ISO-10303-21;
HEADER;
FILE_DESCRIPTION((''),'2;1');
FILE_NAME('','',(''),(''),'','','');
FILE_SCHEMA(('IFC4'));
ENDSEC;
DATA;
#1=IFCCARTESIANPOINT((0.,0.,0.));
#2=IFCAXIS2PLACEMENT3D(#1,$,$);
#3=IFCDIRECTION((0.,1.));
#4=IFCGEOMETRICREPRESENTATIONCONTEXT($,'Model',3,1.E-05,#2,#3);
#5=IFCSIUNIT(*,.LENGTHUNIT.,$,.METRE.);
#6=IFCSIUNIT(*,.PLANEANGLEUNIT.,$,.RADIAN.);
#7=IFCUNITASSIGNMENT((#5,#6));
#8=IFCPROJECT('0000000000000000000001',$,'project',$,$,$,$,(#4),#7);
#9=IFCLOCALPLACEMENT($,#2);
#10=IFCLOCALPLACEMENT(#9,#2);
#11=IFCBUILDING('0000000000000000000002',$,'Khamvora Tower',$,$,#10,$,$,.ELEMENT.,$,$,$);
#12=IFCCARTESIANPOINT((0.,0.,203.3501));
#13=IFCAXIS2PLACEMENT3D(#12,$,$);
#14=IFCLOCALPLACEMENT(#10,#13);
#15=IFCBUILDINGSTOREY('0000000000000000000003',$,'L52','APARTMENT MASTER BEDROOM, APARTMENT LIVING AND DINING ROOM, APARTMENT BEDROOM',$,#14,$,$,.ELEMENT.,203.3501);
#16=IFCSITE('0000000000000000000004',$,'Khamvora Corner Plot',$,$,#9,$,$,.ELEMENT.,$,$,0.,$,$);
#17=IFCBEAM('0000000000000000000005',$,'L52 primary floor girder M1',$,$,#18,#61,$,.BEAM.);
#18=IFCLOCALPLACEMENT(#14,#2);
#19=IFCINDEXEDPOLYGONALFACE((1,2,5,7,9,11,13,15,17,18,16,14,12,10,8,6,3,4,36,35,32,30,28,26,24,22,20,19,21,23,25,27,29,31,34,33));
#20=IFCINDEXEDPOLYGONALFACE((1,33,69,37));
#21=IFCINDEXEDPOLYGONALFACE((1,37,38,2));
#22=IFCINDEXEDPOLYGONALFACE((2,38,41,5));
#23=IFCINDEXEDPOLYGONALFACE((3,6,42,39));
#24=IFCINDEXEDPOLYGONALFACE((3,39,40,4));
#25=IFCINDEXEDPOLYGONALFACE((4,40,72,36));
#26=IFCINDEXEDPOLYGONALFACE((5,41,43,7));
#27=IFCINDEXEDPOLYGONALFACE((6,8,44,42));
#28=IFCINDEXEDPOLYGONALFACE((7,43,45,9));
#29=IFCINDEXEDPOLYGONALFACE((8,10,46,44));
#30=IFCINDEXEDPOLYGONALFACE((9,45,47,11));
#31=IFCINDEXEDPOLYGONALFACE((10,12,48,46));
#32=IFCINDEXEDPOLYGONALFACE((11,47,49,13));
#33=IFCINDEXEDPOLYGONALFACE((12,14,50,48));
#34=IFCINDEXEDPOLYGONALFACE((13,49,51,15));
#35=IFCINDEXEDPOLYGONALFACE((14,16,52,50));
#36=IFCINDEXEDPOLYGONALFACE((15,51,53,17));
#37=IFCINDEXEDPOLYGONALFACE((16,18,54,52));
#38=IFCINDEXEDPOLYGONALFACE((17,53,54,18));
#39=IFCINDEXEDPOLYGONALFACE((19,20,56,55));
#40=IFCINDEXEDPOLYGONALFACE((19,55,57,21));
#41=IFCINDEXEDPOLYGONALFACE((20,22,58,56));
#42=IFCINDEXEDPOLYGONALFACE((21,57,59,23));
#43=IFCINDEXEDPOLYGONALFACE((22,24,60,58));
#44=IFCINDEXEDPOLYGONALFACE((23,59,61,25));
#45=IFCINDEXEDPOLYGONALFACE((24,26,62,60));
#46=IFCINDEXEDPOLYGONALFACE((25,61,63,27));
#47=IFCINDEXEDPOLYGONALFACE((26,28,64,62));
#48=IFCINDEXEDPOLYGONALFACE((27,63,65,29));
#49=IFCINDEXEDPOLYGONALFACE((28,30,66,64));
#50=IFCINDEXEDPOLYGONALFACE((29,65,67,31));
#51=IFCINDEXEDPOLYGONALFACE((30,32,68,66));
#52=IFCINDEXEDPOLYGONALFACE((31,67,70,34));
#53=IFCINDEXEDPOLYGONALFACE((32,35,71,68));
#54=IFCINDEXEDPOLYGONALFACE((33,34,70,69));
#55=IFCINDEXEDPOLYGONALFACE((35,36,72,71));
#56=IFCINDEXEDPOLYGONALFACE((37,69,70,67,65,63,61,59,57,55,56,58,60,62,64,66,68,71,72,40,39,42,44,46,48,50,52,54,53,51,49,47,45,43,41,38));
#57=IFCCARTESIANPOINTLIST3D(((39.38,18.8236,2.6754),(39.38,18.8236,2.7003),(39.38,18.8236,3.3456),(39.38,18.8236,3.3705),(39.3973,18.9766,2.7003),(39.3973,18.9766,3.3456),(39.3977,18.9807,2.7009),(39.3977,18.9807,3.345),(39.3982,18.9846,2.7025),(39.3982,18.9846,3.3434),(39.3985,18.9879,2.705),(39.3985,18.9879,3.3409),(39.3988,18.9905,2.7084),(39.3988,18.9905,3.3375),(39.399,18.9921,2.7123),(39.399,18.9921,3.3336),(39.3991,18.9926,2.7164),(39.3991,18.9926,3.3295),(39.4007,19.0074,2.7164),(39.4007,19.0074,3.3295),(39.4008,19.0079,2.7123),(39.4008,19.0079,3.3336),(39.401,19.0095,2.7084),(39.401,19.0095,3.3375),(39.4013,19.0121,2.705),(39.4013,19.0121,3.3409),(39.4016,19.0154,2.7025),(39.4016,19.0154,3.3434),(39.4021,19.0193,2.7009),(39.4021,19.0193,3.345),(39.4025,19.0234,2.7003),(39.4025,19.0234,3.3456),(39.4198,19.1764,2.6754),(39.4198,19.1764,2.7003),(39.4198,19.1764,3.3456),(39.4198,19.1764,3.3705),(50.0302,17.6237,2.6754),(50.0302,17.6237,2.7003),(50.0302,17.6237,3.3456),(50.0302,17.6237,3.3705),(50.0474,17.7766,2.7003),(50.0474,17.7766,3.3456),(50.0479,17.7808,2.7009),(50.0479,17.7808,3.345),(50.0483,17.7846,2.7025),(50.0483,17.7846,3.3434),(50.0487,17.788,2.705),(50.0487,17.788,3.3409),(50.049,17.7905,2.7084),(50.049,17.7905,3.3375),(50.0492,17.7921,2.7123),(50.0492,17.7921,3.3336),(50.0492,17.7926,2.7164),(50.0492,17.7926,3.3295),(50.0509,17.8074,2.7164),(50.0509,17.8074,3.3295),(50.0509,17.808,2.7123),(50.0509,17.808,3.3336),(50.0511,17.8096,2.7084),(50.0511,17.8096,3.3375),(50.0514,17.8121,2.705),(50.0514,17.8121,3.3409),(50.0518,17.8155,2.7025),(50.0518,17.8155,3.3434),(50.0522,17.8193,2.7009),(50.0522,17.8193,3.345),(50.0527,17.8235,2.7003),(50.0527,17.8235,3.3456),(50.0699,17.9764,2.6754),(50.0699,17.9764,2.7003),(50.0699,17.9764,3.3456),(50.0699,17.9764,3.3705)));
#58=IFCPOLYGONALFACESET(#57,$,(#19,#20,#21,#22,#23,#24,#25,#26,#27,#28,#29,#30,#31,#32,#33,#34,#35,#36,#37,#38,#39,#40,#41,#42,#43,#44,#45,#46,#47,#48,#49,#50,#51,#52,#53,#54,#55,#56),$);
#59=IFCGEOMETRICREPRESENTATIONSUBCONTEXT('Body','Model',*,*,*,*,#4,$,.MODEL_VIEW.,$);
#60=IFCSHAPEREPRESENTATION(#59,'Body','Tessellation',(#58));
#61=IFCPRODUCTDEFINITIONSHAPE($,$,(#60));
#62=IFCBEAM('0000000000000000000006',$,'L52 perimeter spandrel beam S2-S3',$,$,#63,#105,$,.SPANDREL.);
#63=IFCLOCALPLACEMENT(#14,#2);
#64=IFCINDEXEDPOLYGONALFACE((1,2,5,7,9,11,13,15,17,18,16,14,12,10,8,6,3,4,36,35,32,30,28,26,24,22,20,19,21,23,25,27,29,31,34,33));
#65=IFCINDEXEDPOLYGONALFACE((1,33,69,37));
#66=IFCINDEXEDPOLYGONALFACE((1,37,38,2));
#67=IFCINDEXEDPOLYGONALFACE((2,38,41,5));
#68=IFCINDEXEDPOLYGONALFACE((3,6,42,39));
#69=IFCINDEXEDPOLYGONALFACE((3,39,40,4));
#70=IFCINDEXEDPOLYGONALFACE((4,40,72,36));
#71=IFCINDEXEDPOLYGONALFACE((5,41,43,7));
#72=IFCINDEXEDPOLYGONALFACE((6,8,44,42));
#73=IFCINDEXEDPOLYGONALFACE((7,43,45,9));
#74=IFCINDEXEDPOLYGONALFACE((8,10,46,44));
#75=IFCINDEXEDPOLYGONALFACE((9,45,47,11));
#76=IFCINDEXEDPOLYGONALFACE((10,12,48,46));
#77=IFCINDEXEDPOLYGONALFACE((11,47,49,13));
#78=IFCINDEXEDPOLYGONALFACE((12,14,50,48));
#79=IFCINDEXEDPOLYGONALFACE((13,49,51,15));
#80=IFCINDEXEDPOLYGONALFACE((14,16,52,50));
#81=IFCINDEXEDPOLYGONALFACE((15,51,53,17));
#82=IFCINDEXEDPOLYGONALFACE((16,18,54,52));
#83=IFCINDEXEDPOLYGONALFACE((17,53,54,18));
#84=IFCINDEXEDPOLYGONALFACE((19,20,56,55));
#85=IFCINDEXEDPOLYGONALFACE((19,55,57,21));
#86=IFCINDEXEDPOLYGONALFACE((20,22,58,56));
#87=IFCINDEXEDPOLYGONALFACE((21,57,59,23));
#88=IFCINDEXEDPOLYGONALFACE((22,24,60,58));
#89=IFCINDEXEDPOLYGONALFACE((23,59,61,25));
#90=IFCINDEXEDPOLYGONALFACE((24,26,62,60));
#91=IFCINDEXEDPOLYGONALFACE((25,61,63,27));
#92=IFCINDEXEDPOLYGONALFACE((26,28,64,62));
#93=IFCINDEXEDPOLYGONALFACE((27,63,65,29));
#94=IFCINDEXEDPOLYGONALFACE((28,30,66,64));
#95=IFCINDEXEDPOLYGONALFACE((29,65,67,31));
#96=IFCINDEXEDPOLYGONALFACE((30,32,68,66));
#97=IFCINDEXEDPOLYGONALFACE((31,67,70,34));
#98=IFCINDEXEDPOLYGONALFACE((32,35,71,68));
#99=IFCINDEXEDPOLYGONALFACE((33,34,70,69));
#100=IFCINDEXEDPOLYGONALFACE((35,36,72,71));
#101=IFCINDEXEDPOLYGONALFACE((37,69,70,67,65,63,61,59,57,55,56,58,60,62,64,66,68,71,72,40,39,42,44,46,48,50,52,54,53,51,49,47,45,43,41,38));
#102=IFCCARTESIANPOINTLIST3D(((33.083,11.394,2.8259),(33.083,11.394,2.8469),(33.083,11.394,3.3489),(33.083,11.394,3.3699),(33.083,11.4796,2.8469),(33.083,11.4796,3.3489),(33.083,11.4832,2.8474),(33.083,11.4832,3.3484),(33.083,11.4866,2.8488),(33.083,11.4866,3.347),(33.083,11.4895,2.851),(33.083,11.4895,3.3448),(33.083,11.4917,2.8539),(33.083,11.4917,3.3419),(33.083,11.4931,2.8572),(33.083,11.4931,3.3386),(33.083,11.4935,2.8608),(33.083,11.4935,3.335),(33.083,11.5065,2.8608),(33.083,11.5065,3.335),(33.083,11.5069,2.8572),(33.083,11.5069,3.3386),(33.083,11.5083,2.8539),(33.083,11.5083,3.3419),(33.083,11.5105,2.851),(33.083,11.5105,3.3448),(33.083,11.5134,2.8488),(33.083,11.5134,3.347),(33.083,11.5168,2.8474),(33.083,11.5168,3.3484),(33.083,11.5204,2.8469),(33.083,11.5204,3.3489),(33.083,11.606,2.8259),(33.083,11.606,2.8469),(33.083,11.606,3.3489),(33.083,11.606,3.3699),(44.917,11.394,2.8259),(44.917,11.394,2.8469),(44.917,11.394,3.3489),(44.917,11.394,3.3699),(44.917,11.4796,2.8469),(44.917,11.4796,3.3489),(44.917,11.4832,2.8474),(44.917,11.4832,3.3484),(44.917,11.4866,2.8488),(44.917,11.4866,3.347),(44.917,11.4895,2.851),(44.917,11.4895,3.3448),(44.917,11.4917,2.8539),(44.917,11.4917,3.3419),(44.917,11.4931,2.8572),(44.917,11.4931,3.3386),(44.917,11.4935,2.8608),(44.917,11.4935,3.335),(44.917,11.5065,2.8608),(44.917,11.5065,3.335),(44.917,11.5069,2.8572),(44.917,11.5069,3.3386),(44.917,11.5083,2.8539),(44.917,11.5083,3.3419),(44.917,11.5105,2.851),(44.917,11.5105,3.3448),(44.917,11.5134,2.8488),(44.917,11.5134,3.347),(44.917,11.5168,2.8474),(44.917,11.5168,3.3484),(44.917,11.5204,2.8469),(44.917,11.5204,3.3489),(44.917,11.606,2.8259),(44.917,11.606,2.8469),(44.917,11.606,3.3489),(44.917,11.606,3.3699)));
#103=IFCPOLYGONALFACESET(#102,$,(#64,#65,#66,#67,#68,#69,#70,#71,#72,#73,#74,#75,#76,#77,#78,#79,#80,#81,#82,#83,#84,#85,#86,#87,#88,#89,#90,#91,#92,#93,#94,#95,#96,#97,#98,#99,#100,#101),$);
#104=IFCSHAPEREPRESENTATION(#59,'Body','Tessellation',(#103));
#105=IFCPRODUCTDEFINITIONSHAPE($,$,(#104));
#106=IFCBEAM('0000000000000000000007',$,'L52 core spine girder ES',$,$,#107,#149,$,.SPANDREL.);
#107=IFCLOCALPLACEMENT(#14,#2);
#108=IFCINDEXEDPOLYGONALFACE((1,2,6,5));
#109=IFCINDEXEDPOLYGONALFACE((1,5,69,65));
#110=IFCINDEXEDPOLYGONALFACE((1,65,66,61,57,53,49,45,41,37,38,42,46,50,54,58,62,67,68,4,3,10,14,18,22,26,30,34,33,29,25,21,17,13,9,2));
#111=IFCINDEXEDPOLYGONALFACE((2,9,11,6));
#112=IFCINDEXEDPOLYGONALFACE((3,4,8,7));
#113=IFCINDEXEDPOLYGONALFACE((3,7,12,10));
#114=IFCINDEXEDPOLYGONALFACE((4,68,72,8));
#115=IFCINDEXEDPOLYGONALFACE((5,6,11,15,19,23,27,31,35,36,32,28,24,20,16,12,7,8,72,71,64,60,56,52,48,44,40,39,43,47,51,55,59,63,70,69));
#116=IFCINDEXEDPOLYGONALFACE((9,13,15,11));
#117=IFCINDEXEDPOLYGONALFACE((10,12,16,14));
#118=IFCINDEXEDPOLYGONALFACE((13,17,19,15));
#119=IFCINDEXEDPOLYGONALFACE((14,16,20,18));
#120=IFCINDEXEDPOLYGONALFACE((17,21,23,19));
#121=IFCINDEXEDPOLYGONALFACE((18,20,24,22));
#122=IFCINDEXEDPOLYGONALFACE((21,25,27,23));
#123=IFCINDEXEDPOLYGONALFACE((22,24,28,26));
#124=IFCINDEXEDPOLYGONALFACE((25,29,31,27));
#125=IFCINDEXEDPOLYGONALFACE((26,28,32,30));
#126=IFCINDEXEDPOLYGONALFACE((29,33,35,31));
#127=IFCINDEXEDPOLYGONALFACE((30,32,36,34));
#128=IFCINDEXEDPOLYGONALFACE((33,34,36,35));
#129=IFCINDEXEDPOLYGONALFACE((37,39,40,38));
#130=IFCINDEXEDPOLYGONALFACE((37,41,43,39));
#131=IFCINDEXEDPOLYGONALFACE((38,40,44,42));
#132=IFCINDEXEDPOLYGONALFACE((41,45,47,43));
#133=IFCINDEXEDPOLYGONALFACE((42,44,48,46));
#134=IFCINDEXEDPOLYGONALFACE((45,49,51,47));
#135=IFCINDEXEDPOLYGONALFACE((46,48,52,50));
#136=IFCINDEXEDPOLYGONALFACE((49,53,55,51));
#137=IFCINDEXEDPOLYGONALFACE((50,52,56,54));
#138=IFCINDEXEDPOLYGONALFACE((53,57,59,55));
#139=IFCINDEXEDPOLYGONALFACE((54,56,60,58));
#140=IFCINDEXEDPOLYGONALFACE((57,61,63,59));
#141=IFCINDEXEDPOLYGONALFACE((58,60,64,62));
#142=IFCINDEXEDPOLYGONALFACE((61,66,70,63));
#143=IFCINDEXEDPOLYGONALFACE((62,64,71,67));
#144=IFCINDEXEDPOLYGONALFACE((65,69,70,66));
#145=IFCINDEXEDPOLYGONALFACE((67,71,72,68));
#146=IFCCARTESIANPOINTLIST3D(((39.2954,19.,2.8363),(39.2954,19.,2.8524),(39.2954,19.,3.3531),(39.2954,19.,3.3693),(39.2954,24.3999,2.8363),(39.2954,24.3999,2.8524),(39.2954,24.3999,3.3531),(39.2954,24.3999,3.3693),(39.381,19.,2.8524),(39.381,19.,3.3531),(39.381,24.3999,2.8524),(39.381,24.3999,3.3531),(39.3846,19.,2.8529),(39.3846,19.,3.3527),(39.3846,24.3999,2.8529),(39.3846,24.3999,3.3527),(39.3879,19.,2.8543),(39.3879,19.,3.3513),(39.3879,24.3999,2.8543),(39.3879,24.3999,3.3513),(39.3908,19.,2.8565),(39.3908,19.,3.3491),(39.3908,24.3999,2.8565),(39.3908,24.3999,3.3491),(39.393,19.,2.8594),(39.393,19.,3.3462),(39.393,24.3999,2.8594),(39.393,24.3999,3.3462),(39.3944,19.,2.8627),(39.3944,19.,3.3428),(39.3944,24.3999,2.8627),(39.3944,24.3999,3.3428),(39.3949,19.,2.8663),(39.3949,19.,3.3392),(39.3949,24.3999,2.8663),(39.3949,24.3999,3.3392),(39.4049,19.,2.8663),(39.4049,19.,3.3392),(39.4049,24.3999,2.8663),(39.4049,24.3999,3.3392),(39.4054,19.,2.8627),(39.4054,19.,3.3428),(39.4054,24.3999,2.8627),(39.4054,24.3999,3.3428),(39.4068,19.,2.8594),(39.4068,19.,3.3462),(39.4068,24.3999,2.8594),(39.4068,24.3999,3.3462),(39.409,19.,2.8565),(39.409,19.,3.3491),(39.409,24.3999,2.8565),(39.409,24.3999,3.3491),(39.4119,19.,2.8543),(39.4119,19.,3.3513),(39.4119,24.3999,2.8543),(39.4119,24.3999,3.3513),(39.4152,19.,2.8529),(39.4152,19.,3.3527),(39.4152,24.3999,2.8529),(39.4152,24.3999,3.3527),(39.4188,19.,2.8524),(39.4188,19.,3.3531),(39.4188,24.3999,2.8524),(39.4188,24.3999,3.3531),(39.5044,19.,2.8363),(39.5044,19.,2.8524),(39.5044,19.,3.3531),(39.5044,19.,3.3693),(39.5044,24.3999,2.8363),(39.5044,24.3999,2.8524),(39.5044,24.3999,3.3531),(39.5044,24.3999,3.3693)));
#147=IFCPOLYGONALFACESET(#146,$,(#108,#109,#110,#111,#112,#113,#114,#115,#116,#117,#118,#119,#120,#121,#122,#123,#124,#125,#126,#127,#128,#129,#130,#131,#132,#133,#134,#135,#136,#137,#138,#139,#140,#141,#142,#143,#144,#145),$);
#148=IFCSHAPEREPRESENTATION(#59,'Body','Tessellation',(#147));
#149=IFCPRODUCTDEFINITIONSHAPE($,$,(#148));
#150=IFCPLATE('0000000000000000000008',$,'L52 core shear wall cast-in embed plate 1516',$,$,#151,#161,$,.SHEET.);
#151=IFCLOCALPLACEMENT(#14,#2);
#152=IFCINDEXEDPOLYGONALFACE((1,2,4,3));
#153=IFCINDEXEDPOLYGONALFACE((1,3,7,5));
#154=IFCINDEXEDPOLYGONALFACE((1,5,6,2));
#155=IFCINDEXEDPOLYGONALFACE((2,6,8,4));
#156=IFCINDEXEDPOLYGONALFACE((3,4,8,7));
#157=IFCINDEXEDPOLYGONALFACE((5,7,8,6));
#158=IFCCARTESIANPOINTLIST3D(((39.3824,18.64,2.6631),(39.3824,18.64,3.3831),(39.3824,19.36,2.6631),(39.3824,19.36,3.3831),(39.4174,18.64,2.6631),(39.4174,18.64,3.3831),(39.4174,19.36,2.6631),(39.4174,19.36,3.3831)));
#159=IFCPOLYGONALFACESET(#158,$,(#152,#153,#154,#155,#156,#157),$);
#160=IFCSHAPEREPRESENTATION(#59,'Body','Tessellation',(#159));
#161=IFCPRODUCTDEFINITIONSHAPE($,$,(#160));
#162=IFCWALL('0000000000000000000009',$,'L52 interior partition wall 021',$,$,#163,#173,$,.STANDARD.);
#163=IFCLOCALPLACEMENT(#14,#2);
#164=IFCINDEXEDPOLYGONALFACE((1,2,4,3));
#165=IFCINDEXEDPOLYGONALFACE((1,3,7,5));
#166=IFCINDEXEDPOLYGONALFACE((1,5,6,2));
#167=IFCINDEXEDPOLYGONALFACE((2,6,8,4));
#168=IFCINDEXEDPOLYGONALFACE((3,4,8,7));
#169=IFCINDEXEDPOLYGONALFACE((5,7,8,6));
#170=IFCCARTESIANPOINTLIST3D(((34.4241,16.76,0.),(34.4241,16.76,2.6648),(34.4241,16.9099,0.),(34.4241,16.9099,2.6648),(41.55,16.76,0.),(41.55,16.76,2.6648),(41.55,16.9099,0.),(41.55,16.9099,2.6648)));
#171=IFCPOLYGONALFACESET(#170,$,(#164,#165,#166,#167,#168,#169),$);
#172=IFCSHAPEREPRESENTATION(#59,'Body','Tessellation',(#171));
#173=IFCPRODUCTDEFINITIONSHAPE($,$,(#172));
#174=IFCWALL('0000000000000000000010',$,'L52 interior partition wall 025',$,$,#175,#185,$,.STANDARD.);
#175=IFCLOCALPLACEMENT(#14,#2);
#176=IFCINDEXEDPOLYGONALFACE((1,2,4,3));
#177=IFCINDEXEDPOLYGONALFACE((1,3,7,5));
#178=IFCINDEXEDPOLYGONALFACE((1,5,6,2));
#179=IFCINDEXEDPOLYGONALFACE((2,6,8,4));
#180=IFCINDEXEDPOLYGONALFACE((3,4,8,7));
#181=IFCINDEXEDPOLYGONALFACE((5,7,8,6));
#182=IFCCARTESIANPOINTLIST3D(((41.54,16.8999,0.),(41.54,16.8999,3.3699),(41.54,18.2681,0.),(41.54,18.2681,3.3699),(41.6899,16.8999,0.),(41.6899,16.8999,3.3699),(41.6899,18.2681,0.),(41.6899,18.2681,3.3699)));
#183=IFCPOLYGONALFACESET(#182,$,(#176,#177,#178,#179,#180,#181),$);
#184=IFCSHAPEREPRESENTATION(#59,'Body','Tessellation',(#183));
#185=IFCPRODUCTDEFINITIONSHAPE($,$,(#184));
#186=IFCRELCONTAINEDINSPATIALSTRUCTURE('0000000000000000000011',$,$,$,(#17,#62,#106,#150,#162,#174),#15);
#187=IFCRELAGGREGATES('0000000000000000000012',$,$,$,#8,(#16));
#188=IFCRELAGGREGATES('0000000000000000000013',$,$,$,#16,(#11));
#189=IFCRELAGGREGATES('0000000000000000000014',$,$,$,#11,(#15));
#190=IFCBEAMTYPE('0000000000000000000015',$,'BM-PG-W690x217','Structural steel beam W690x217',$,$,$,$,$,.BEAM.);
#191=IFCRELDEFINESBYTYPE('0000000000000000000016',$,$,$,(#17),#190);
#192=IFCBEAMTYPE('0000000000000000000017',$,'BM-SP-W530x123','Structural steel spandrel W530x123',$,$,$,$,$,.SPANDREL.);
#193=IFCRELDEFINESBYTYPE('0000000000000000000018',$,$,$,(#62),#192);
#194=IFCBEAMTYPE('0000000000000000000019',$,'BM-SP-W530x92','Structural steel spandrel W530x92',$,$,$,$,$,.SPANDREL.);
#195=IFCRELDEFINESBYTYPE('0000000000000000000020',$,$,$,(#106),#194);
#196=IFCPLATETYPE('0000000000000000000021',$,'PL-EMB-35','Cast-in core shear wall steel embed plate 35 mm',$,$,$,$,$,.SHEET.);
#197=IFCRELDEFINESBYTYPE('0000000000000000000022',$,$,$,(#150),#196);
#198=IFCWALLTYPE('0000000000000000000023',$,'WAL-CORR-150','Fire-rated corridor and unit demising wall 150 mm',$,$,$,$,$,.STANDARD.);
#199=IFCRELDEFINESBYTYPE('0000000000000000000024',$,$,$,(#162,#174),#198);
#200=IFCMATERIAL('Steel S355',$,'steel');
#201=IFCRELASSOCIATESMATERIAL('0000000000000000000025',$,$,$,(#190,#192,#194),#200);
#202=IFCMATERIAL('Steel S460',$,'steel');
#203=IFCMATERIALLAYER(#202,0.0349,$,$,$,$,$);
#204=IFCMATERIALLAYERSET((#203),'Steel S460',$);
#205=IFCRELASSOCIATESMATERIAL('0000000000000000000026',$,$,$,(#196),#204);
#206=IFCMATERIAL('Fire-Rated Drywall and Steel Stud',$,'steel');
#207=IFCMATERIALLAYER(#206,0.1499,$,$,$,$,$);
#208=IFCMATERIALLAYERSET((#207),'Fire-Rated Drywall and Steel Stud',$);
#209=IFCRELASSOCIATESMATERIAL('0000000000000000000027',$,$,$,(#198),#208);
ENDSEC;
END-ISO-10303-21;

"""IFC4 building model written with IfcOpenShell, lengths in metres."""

from ifc_helpers import new_model, si_unit, direction, frame, frame_2d, origin, origin_2d, place, context, subcontext, project, spatial, rectangle, i_section, extrude, material, layer, layer_set, material_profile, profile_set, type_object, element, save


model = new_model("IFC4")

# Units and contexts
model_context = context("Model", 3, precision=1e-05, world=origin(), true_north=direction((0.0, 1.0)))
body_context = subcontext(model_context, "Body", "Model", "MODEL_VIEW")
ifc_project = project(units=[si_unit("LENGTHUNIT", "METRE"), si_unit("PLANEANGLEUNIT", "RADIAN")], contexts=[model_context])

# Site, building, storey
site_placement = place(None, origin())
site = spatial("IfcSite", under=ifc_project, at=site_placement, Name="Khamvora Corner Plot", CompositionType="ELEMENT", RefElevation=0.0)
building_placement = place(site_placement, origin())
building = spatial("IfcBuilding", under=site, at=building_placement, Name="Khamvora Tower", CompositionType="ELEMENT")
storey_placement = place(building_placement, frame((0.0, 0.0, 203.3501)))
storey = spatial("IfcBuildingStorey", under=building, at=storey_placement, Name="L52", Description="APARTMENT MASTER BEDROOM, APARTMENT LIVING AND DINING ROOM, APARTMENT BEDROOM", CompositionType="ELEMENT", Elevation=203.3501)

# Shared definitions
ifc_material_1 = material(Name="Steel S460", Category="steel")
ifc_material_2 = material(Name="Steel S355", Category="steel")

# Beams
ifc_material_profile_1 = material_profile(ifc_material_2, i_section(OverallWidth=0.355, OverallDepth=0.6951, WebThickness=0.0149, FlangeThickness=0.0249, FilletRadius=0.0161, at=origin_2d()), Name="W690x217")
ifc_profile_set_1 = profile_set([ifc_material_profile_1], Name="Steel S355")
beam_type_1 = type_object("IfcBeamType", Name="BM-PG-W690x217", Description="Structural steel beam W690x217", PredefinedType="BEAM", material=ifc_profile_set_1)
beam_1_placement = place(storey_placement, frame((39.3999, 19.0, 3.0229), z_axis=(0.993713, -0.111962, 0.0), x_axis=(0.111962, 0.993713, 0.0)))
element("IfcBeam", 1, at=beam_1_placement, inside=storey, type_object=beam_type_1, Name="L52 primary floor girder M1", PredefinedType="BEAM", context=body_context, shape_type="SweptSolid", body=[
    extrude(i_section(OverallWidth=0.355, OverallDepth=0.6951, WebThickness=0.0149, FlangeThickness=0.0249, FilletRadius=0.0161, at=origin_2d()), origin(), (0.0, 0.0, 1.0), 10.7175),
])
ifc_material_profile_2 = material_profile(ifc_material_2, i_section(OverallWidth=0.2119, OverallDepth=0.5439, WebThickness=0.0129, FlangeThickness=0.021, FilletRadius=0.0139, at=origin_2d()), Name="W530x123")
ifc_profile_set_2 = profile_set([ifc_material_profile_2], Name="Steel S355")
beam_type_2 = type_object("IfcBeamType", Name="BM-SP-W530x123", Description="Structural steel spandrel W530x123", PredefinedType="SPANDREL", material=ifc_profile_set_2)
beam_2_placement = place(storey_placement, frame((33.083, 11.5, 3.0979), z_axis=(1.0, 0.0, 0.0), x_axis=(0.0, 1.0, 0.0)))
element("IfcBeam", 2, at=beam_2_placement, inside=storey, type_object=beam_type_2, Name="L52 perimeter spandrel beam S2-S3", PredefinedType="SPANDREL", context=body_context, shape_type="SweptSolid", body=[
    extrude(i_section(OverallWidth=0.2119, OverallDepth=0.5439, WebThickness=0.0129, FlangeThickness=0.021, FilletRadius=0.0139, at=origin_2d()), origin(), (0.0, 0.0, 1.0), 11.834),
])
ifc_material_profile_3 = material_profile(ifc_material_2, i_section(OverallWidth=0.209, OverallDepth=0.533, WebThickness=0.01, FlangeThickness=0.0161, FilletRadius=0.0139, at=origin_2d()), Name="W530x92")
ifc_profile_set_3 = profile_set([ifc_material_profile_3], Name="Steel S355")
beam_type_3 = type_object("IfcBeamType", Name="BM-SP-W530x92", Description="Structural steel spandrel W530x92", PredefinedType="SPANDREL", material=ifc_profile_set_3)
beam_3_placement = place(storey_placement, frame((39.3999, 19.0, 3.1028), z_axis=(0.0, 1.0, 0.0), x_axis=(-1.0, 0.0, 0.0)))
element("IfcBeam", 3, at=beam_3_placement, inside=storey, type_object=beam_type_3, Name="L52 core spine girder ES", PredefinedType="SPANDREL", context=body_context, shape_type="SweptSolid", body=[
    extrude(i_section(OverallWidth=0.209, OverallDepth=0.533, WebThickness=0.01, FlangeThickness=0.0161, FilletRadius=0.0139, at=origin_2d()), origin(), (0.0, 0.0, 1.0), 5.3999),
])

# Plate
ifc_layer_1 = layer(ifc_material_1, 0.0349)
ifc_layer_set_1 = layer_set([ifc_layer_1], Name="Steel S460")
plate_type = type_object("IfcPlateType", Name="PL-EMB-35", Description="Cast-in core shear wall steel embed plate 35 mm", PredefinedType="SHEET", material=ifc_layer_set_1)
plate_placement = place(storey_placement, frame((39.3999, 19.0, 2.6631), z_axis=(0.0, 0.0, 1.0), x_axis=(1.0, 0.0, 0.0)))
element("IfcPlate", 4, at=plate_placement, inside=storey, type_object=plate_type, Name="L52 core shear wall cast-in embed plate 1516", PredefinedType="SHEET", context=body_context, shape_type="SweptSolid", body=[
    extrude(rectangle(XDim=0.0349, YDim=0.72, at=origin_2d()), origin(), (0.0, 0.0, 1.0), 0.72),
])

# Shared definitions
ifc_material_3 = material(Name="Fire-Rated Drywall and Steel Stud", Category="steel")
ifc_layer_2 = layer(ifc_material_3, 0.1499)
ifc_layer_set_2 = layer_set([ifc_layer_2], Name="Fire-Rated Drywall and Steel Stud")
wall_type_1 = type_object("IfcWallType", Name="WAL-CORR-150", Description="Fire-rated corridor and unit demising wall 150 mm", PredefinedType="STANDARD", material=ifc_layer_set_2)

# Walls
wall_1_placement = place(storey_placement, frame((41.55, 16.835, 0.0), z_axis=(0.0, 0.0, 1.0), x_axis=(-1.0, 0.0, 0.0)))
element("IfcWall", 5, at=wall_1_placement, inside=storey, type_object=wall_type_1, Name="L52 interior partition wall 021", PredefinedType="STANDARD", context=body_context, shape_type="SweptSolid", body=[
    extrude(rectangle(XDim=7.126, YDim=0.1499, at=frame_2d((3.563, 0.0))), origin(), (0.0, 0.0, 1.0), 2.6648),
])
wall_2_placement = place(storey_placement, frame((41.615, 18.2681, 0.0), z_axis=(0.0, 0.0, 1.0), x_axis=(0.0, -1.0, 0.0)))
element("IfcWall", 6, at=wall_2_placement, inside=storey, type_object=wall_type_1, Name="L52 interior partition wall 025", PredefinedType="STANDARD", context=body_context, shape_type="SweptSolid", body=[
    extrude(rectangle(XDim=1.3682, YDim=0.1499, at=frame_2d((0.6841, 0.0))), origin(), (0.0, 0.0, 1.0), 3.3699),
])

save(model, "model.ifc")
